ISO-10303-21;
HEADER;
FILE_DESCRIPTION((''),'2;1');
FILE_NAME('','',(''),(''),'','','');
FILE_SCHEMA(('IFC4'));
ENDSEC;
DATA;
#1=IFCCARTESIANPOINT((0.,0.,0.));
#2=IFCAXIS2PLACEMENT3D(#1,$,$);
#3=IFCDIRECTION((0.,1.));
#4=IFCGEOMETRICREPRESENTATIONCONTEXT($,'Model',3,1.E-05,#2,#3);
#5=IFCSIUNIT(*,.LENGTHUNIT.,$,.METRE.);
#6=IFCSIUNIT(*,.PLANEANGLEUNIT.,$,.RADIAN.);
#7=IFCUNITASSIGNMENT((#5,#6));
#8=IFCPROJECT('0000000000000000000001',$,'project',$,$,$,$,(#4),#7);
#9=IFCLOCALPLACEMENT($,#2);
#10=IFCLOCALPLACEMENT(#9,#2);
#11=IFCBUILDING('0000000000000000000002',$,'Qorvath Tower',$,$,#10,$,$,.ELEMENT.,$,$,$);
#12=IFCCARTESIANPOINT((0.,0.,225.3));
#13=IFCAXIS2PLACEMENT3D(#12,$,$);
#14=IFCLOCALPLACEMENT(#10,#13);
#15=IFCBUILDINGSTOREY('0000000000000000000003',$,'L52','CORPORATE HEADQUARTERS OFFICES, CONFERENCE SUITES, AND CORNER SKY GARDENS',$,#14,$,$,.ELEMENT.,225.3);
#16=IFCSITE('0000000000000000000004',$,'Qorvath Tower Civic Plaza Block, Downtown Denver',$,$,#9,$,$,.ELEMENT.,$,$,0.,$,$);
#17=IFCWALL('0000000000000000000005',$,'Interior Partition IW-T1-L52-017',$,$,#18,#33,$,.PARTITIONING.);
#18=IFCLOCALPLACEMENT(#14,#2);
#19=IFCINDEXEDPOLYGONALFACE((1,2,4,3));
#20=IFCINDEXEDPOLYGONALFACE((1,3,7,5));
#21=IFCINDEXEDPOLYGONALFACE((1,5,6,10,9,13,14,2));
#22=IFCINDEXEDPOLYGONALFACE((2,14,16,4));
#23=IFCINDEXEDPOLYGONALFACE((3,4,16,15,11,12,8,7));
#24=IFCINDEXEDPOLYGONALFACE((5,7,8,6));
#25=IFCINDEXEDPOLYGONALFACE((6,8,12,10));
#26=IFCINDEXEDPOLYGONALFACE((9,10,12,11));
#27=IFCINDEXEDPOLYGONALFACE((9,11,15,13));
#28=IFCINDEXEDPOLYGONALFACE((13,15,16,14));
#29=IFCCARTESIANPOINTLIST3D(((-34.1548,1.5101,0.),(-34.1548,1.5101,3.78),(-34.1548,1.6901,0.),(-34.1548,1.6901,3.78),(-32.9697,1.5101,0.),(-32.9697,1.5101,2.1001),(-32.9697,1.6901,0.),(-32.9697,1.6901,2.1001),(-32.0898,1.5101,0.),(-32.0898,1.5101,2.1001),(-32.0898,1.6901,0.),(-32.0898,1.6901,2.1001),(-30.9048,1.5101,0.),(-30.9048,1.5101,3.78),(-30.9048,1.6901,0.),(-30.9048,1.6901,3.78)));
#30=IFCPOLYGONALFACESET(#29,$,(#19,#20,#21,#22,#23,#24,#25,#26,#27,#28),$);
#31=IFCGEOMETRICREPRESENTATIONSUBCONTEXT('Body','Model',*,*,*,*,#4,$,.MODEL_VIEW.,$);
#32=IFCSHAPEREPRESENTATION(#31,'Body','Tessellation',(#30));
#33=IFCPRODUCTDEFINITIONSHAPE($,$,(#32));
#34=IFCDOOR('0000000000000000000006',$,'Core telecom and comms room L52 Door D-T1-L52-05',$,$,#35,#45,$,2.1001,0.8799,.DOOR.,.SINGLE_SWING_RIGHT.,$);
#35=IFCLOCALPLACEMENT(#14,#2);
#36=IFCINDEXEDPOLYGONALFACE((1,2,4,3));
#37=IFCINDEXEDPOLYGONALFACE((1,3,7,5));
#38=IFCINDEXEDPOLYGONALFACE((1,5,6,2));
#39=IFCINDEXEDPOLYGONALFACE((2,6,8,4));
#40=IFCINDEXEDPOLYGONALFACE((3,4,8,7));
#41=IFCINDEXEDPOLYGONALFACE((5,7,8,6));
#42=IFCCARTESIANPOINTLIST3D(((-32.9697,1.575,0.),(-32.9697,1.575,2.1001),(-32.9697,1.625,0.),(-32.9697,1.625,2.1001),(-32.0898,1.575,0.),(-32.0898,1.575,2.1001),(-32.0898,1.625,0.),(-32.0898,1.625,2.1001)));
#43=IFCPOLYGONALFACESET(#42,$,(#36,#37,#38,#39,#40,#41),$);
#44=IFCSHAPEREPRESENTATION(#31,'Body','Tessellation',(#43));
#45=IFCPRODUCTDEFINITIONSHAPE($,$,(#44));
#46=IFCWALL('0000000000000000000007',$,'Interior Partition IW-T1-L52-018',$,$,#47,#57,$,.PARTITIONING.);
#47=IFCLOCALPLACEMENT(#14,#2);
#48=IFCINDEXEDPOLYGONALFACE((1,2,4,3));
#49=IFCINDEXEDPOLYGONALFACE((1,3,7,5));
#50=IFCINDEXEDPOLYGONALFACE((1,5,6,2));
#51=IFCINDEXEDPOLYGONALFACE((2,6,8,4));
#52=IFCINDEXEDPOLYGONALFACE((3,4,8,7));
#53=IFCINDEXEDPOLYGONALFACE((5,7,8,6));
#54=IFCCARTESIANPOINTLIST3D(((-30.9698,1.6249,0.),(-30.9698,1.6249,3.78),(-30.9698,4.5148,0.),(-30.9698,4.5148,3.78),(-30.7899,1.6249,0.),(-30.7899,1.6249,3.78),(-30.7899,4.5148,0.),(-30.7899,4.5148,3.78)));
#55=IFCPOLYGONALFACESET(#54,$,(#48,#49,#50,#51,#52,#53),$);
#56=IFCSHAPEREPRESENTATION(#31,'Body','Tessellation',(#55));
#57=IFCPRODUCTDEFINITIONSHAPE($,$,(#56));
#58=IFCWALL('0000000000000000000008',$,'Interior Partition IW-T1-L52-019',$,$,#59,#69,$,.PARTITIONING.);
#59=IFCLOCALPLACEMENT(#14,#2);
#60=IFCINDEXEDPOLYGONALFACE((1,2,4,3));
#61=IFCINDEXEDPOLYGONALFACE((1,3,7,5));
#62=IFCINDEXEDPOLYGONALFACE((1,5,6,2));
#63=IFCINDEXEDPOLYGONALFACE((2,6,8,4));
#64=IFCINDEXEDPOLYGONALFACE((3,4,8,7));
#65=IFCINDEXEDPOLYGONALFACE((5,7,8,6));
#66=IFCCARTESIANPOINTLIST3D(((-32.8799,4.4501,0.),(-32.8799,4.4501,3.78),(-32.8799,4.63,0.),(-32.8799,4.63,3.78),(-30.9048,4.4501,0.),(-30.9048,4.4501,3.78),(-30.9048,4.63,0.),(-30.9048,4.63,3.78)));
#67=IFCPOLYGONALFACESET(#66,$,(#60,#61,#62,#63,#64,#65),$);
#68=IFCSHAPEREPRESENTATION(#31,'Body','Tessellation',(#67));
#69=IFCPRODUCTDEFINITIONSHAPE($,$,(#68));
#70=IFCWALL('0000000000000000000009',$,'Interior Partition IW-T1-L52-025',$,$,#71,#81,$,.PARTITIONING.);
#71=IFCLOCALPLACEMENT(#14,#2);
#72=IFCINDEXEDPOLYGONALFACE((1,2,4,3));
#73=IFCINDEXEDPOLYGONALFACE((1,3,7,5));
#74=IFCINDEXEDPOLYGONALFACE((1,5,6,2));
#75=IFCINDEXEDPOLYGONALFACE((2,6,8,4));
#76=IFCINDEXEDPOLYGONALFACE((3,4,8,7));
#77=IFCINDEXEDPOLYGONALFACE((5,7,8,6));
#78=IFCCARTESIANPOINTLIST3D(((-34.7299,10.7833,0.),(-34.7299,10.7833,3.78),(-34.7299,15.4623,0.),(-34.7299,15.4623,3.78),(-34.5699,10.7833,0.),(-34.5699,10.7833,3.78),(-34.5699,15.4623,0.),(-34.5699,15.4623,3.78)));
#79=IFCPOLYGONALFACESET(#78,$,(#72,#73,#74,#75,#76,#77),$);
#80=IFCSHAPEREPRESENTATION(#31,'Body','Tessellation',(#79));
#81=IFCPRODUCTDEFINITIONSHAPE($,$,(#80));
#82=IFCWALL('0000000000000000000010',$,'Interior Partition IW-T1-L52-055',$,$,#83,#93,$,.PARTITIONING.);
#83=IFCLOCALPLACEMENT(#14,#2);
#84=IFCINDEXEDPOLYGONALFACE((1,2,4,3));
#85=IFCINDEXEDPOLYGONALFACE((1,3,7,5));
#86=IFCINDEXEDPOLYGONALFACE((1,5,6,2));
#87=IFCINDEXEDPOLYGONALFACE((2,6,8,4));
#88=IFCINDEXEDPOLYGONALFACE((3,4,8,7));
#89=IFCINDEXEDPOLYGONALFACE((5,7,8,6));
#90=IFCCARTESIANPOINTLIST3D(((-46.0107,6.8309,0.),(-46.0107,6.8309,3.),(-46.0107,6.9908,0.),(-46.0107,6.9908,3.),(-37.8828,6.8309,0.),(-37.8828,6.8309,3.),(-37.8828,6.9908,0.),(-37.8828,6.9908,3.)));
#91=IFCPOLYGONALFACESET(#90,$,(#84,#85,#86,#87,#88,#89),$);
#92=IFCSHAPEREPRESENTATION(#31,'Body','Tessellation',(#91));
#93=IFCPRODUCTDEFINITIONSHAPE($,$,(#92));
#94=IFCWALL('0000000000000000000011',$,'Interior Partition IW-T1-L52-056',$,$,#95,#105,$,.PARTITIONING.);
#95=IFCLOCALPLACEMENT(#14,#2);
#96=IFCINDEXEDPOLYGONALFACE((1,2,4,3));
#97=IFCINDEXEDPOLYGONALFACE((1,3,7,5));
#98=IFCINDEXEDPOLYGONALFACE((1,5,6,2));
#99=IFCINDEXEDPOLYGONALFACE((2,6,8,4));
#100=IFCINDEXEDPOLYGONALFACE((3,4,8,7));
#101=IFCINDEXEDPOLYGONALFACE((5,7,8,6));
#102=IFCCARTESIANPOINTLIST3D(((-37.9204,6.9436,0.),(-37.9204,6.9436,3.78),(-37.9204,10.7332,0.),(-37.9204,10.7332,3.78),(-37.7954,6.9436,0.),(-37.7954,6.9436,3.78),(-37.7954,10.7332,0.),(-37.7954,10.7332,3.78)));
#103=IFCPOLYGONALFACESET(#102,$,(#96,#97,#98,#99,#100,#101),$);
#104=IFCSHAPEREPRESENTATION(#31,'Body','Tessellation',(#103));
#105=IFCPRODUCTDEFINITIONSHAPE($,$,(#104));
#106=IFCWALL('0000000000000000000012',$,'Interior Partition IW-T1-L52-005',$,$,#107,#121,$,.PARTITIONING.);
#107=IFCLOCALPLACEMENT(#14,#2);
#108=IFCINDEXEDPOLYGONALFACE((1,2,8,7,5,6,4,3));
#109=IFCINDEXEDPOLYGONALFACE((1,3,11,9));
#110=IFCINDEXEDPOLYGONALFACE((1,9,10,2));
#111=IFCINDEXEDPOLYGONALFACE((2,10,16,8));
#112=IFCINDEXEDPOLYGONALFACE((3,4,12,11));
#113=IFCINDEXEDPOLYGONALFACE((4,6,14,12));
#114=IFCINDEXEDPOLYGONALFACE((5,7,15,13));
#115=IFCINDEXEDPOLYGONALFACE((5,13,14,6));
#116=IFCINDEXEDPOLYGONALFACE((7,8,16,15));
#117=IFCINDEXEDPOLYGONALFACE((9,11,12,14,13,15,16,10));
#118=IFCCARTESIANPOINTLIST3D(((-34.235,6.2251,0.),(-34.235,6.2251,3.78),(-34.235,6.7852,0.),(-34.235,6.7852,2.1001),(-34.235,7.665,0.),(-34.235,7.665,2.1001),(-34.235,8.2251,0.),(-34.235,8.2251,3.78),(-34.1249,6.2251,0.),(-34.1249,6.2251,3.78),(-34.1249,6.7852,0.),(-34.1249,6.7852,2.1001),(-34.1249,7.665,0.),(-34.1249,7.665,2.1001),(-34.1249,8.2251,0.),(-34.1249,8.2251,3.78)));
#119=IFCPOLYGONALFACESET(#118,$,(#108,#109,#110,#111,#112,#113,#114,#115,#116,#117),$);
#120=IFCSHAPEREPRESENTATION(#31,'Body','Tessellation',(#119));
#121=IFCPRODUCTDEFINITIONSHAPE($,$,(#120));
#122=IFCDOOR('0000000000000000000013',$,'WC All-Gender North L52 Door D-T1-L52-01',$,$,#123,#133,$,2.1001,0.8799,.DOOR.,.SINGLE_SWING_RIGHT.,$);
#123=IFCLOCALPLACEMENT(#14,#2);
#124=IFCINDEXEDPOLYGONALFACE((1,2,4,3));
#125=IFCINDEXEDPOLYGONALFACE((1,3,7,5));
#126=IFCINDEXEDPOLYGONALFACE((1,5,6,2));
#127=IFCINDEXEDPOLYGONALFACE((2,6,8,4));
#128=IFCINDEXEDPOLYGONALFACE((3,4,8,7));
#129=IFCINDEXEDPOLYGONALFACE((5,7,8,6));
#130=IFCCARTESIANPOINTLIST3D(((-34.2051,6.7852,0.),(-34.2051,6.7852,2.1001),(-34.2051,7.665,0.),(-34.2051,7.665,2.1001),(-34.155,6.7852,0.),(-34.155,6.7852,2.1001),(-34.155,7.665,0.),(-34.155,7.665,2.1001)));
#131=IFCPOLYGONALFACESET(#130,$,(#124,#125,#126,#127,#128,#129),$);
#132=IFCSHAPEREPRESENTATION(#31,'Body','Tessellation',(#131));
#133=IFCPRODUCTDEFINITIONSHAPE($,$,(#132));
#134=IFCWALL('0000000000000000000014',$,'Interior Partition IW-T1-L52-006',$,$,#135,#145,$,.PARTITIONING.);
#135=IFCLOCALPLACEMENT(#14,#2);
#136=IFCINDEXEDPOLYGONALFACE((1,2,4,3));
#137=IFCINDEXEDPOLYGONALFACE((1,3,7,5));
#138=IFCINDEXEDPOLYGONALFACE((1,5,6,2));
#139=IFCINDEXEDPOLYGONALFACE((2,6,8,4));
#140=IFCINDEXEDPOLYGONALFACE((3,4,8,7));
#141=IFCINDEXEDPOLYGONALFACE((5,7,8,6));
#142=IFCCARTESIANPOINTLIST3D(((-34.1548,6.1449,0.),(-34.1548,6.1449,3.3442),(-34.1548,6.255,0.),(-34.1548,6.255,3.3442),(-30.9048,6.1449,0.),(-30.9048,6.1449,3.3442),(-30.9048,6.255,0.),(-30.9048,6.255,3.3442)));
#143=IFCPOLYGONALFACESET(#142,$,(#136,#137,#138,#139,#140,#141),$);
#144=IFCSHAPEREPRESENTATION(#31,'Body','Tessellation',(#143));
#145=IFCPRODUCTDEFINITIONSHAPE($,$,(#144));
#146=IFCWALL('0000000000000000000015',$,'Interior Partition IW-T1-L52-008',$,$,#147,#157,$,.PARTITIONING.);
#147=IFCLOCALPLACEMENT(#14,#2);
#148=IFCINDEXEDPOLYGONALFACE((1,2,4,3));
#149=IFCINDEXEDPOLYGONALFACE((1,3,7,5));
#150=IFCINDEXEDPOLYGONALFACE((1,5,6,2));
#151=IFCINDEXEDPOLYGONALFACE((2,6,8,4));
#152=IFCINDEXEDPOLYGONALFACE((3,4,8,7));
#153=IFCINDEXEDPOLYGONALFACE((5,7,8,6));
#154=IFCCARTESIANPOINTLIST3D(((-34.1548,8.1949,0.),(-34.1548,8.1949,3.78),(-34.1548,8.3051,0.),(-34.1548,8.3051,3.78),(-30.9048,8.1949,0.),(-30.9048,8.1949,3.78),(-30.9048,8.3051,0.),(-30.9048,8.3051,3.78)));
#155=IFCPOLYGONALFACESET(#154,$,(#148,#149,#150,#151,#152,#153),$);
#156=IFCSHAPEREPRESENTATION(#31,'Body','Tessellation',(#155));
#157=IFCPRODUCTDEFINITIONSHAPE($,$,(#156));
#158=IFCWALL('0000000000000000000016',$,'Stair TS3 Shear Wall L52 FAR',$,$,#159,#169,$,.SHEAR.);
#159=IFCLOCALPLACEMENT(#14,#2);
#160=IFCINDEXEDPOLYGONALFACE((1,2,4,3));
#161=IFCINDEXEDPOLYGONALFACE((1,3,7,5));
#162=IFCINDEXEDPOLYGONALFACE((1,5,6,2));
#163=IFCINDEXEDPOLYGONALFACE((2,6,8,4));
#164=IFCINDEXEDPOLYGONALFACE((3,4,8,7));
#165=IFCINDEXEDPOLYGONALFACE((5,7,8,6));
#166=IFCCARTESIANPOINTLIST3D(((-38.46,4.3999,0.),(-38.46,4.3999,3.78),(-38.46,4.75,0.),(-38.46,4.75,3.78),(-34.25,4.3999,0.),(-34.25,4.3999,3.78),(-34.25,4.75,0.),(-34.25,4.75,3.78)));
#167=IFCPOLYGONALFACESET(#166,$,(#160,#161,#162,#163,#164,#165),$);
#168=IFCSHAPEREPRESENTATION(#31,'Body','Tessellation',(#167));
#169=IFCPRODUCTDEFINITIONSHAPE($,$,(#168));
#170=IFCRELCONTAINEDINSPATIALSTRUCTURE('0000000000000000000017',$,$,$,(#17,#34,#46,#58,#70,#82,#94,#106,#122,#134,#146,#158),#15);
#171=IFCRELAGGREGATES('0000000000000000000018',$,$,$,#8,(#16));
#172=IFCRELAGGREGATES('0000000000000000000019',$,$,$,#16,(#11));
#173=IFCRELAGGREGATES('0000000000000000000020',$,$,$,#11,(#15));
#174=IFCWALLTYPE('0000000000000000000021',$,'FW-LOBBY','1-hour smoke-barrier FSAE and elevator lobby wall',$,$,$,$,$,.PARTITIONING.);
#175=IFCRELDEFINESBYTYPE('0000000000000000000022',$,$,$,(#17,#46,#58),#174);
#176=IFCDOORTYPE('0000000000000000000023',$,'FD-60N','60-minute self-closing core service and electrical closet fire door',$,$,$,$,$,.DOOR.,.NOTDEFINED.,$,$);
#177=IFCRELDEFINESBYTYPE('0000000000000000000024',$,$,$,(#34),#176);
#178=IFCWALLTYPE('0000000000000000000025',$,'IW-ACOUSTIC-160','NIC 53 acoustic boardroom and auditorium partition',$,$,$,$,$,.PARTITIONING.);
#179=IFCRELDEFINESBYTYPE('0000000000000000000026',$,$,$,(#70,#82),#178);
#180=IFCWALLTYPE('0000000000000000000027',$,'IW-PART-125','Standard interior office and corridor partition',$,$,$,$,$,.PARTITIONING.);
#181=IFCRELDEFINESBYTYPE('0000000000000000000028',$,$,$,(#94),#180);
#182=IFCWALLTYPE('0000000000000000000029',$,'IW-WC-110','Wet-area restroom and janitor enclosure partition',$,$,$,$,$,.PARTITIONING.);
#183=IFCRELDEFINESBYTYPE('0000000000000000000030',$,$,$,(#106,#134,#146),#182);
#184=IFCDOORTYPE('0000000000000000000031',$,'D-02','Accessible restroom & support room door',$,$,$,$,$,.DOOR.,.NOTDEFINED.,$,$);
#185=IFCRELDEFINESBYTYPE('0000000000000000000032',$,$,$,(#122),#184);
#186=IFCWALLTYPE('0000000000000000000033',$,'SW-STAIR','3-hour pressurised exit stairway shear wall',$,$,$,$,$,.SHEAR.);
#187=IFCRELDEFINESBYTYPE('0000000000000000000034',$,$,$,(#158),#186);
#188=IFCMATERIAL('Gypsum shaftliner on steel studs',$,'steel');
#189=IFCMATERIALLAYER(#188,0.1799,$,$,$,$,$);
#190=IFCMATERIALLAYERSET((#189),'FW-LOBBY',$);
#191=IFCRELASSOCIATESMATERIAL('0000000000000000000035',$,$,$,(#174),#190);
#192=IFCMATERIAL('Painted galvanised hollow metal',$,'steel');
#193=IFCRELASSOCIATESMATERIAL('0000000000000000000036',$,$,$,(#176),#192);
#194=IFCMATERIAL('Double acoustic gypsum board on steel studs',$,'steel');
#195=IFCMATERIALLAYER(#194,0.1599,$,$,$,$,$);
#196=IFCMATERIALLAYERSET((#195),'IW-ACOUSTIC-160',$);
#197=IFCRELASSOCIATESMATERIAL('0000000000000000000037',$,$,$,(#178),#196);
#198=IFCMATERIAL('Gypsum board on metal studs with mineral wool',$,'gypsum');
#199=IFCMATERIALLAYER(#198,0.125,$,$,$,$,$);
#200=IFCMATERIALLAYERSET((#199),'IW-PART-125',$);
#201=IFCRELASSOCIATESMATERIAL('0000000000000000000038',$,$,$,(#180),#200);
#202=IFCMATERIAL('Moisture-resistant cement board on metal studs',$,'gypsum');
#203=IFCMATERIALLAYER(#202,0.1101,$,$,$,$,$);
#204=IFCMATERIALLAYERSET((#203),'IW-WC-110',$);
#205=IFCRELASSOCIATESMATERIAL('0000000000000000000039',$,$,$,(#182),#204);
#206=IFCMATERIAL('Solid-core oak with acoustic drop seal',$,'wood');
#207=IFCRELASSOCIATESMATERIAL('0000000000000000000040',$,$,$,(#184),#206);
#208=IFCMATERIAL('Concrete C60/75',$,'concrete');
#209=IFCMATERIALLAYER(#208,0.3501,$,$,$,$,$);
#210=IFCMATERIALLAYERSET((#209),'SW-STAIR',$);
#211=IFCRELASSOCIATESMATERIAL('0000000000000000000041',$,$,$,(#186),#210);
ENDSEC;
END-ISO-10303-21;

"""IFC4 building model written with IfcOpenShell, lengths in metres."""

from ifc_helpers import new_model, si_unit, direction, frame, frame_2d, origin, place, context, subcontext, project, spatial, rectangle, extrude, material, layer, layer_set, type_object, element, fill, save


model = new_model("IFC4")

# Units and contexts
model_context = context("Model", 3, precision=1e-05, world=origin(), true_north=direction((0.0, 1.0)))
body_context = subcontext(model_context, "Body", "Model", "MODEL_VIEW")
ifc_project = project(units=[si_unit("LENGTHUNIT", "METRE"), si_unit("PLANEANGLEUNIT", "RADIAN")], contexts=[model_context])

# Site, building, storey
site_placement = place(None, origin())
site = spatial("IfcSite", under=ifc_project, at=site_placement, Name="Qorvath Tower Civic Plaza Block, Downtown Denver", CompositionType="ELEMENT", RefElevation=0.0)
building_placement = place(site_placement, origin())
building = spatial("IfcBuilding", under=site, at=building_placement, Name="Qorvath Tower", CompositionType="ELEMENT")
storey_placement = place(building_placement, frame((0.0, 0.0, 225.3)))
storey = spatial("IfcBuildingStorey", under=building, at=storey_placement, Name="L52", Description="CORPORATE HEADQUARTERS OFFICES, CONFERENCE SUITES, AND CORNER SKY GARDENS", CompositionType="ELEMENT", Elevation=225.3)

# Shared definitions
ifc_material_1 = material(Name="Gypsum shaftliner on steel studs", Category="steel")
ifc_layer_1 = layer(ifc_material_1, 0.1799)
ifc_layer_set_1 = layer_set([ifc_layer_1], Name="FW-LOBBY")
wall_type_1 = type_object("IfcWallType", Name="FW-LOBBY", Description="1-hour smoke-barrier FSAE and elevator lobby wall", PredefinedType="PARTITIONING", material=ifc_layer_set_1)

# Wall, opening, door
wall_1_placement = place(storey_placement, frame((-34.1548, 1.6001, 0.0), z_axis=(0.0, 0.0, 1.0), x_axis=(1.0, 0.0, 0.0)))
wall_1 = element("IfcWall", 1, at=wall_1_placement, inside=storey, type_object=wall_type_1, Name="Interior Partition IW-T1-L52-017", PredefinedType="PARTITIONING", context=body_context, shape_type="SweptSolid", body=[
    extrude(rectangle(XDim=3.25, YDim=0.1799, at=frame_2d((1.625, 0.0))), origin(), (0.0, 0.0, 1.0), 3.78),
])
opening_1_placement = place(wall_1_placement, frame((1.1851, 0.0, 0.0)))
opening_1 = element("IfcOpeningElement", 2, at=opening_1_placement, cuts=wall_1, PredefinedType="OPENING", context=body_context, shape_type="SweptSolid", body=[
    extrude(rectangle(XDim=0.8799, YDim=2.1001, at=frame_2d((0.4399, 1.05))), frame((0.0, 0.1001, 0.0), z_axis=(0.0, -1.0, 0.0), x_axis=(1.0, 0.0, 0.0)), (0.0, 0.0, 1.0), 0.2),
])
ifc_material_2 = material(Name="Painted galvanised hollow metal", Category="steel")
door_type_1 = type_object("IfcDoorType", Name="FD-60N", Description="60-minute self-closing core service and electrical closet fire door", OperationType="NOTDEFINED", PredefinedType="DOOR", material=ifc_material_2)
door_1_placement = place(opening_1_placement, origin())
door_1 = element("IfcDoor", 3, at=door_1_placement, inside=storey, type_object=door_type_1, Name="Core telecom and comms room L52 Door D-T1-L52-05", OperationType="SINGLE_SWING_RIGHT", OverallHeight=2.1001, OverallWidth=0.8799, PredefinedType="DOOR", context=body_context, shape_type="SweptSolid", body=[
    extrude(rectangle(XDim=0.8799, YDim=2.1001, at=frame_2d((0.4399, 1.05))), frame((0.0, 0.0249, 0.0), z_axis=(0.0, -1.0, 0.0), x_axis=(1.0, 0.0, 0.0)), (0.0, 0.0, 1.0), 0.05),
])
fill(opening_1, door_1)

# Walls
wall_2_placement = place(storey_placement, frame((-30.8799, 1.625, 0.0), z_axis=(0.0, 0.0, 1.0), x_axis=(0.0, 1.0, 0.0)))
element("IfcWall", 4, at=wall_2_placement, inside=storey, type_object=wall_type_1, Name="Interior Partition IW-T1-L52-018", PredefinedType="PARTITIONING", context=body_context, shape_type="SweptSolid", body=[
    extrude(rectangle(XDim=2.8899, YDim=0.1799, at=frame_2d((1.4448, 0.0))), origin(), (0.0, 0.0, 1.0), 3.78),
])
wall_3_placement = place(storey_placement, frame((-30.9048, 4.54, 0.0), z_axis=(0.0, 0.0, 1.0), x_axis=(-1.0, 0.0, 0.0)))
element("IfcWall", 5, at=wall_3_placement, inside=storey, type_object=wall_type_1, Name="Interior Partition IW-T1-L52-019", PredefinedType="PARTITIONING", context=body_context, shape_type="SweptSolid", body=[
    extrude(rectangle(XDim=1.9751, YDim=0.1799, at=frame_2d((0.9875, 0.0))), origin(), (0.0, 0.0, 1.0), 3.78),
])

# Shared definitions
ifc_material_3 = material(Name="Double acoustic gypsum board on steel studs", Category="steel")
ifc_layer_2 = layer(ifc_material_3, 0.1599)
ifc_layer_set_2 = layer_set([ifc_layer_2], Name="IW-ACOUSTIC-160")
wall_type_2 = type_object("IfcWallType", Name="IW-ACOUSTIC-160", Description="NIC 53 acoustic boardroom and auditorium partition", PredefinedType="PARTITIONING", material=ifc_layer_set_2)

# Wall
wall_4_placement = place(storey_placement, frame((-34.6499, 15.4622, 0.0), z_axis=(0.0, 0.0, 1.0), x_axis=(0.0, -1.0, 0.0)))
element("IfcWall", 6, at=wall_4_placement, inside=storey, type_object=wall_type_2, Name="Interior Partition IW-T1-L52-025", PredefinedType="PARTITIONING", context=body_context, shape_type="SweptSolid", body=[
    extrude(rectangle(XDim=4.679, YDim=0.1599, at=frame_2d((2.3394, 0.0))), origin(), (0.0, 0.0, 1.0), 3.78),
])

# Walls
wall_5_placement = place(storey_placement, frame((-37.8828, 6.9109, 0.0), z_axis=(0.0, 0.0, 1.0), x_axis=(-1.0, 0.0, 0.0)))
element("IfcWall", 7, at=wall_5_placement, inside=storey, type_object=wall_type_2, Name="Interior Partition IW-T1-L52-055", PredefinedType="PARTITIONING", context=body_context, shape_type="SweptSolid", body=[
    extrude(rectangle(XDim=8.1279, YDim=0.1599, at=frame_2d((4.064, 0.0))), origin(), (0.0, 0.0, 1.0), 3.0),
])
ifc_material_4 = material(Name="Gypsum board on metal studs with mineral wool", Category="gypsum")
ifc_layer_3 = layer(ifc_material_4, 0.125)
ifc_layer_set_3 = layer_set([ifc_layer_3], Name="IW-PART-125")
wall_type_3 = type_object("IfcWallType", Name="IW-PART-125", Description="Standard interior office and corridor partition", PredefinedType="PARTITIONING", material=ifc_layer_set_3)
wall_6_placement = place(storey_placement, frame((-37.8579, 6.9436, 0.0), z_axis=(0.0, 0.0, 1.0), x_axis=(0.0, 1.0, 0.0)))
element("IfcWall", 8, at=wall_6_placement, inside=storey, type_object=wall_type_3, Name="Interior Partition IW-T1-L52-056", PredefinedType="PARTITIONING", context=body_context, shape_type="SweptSolid", body=[
    extrude(rectangle(XDim=3.7896, YDim=0.125, at=frame_2d((1.8948, 0.0))), origin(), (0.0, 0.0, 1.0), 3.78),
])

# Wall, opening, door
ifc_material_5 = material(Name="Moisture-resistant cement board on metal studs", Category="gypsum")
ifc_layer_4 = layer(ifc_material_5, 0.1101)
ifc_layer_set_4 = layer_set([ifc_layer_4], Name="IW-WC-110")
wall_type_4 = type_object("IfcWallType", Name="IW-WC-110", Description="Wet-area restroom and janitor enclosure partition", PredefinedType="PARTITIONING", material=ifc_layer_set_4)
wall_7_placement = place(storey_placement, frame((-34.1799, 8.2251, 0.0), z_axis=(0.0, 0.0, 1.0), x_axis=(0.0, -1.0, 0.0)))
wall_7 = element("IfcWall", 9, at=wall_7_placement, inside=storey, type_object=wall_type_4, Name="Interior Partition IW-T1-L52-005", PredefinedType="PARTITIONING", context=body_context, shape_type="SweptSolid", body=[
    extrude(rectangle(XDim=2.0, YDim=0.1101, at=frame_2d((1.0, 0.0))), origin(), (0.0, 0.0, 1.0), 3.78),
])
opening_2_placement = place(wall_7_placement, frame((0.5601, 0.0, 0.0)))
opening_2 = element("IfcOpeningElement", 10, at=opening_2_placement, cuts=wall_7, PredefinedType="OPENING", context=body_context, shape_type="SweptSolid", body=[
    extrude(rectangle(XDim=0.8799, YDim=2.1001, at=frame_2d((0.4399, 1.05))), frame((0.0, 0.0649, 0.0), z_axis=(0.0, -1.0, 0.0), x_axis=(1.0, 0.0, 0.0)), (0.0, 0.0, 1.0), 0.1301),
])
ifc_material_6 = material(Name="Solid-core oak with acoustic drop seal", Category="wood")
door_type_2 = type_object("IfcDoorType", Name="D-02", Description="Accessible restroom & support room door", OperationType="NOTDEFINED", PredefinedType="DOOR", material=ifc_material_6)
door_2_placement = place(opening_2_placement, origin())
door_2 = element("IfcDoor", 11, at=door_2_placement, inside=storey, type_object=door_type_2, Name="WC All-Gender North L52 Door D-T1-L52-01", OperationType="SINGLE_SWING_RIGHT", OverallHeight=2.1001, OverallWidth=0.8799, PredefinedType="DOOR", context=body_context, shape_type="SweptSolid", body=[
    extrude(rectangle(XDim=0.8799, YDim=2.1001, at=frame_2d((0.4399, 1.05))), frame((0.0, 0.0249, 0.0), z_axis=(0.0, -1.0, 0.0), x_axis=(1.0, 0.0, 0.0)), (0.0, 0.0, 1.0), 0.05),
])
fill(opening_2, door_2)

# Walls
wall_8_placement = place(storey_placement, frame((-34.1548, 6.2, 0.0), z_axis=(0.0, 0.0, 1.0), x_axis=(1.0, 0.0, 0.0)))
element("IfcWall", 12, at=wall_8_placement, inside=storey, type_object=wall_type_4, Name="Interior Partition IW-T1-L52-006", PredefinedType="PARTITIONING", context=body_context, shape_type="SweptSolid", body=[
    extrude(rectangle(XDim=3.25, YDim=0.1101, at=frame_2d((1.625, 0.0))), origin(), (0.0, 0.0, 1.0), 3.3442),
])
wall_9_placement = place(storey_placement, frame((-30.9048, 8.25, 0.0), z_axis=(0.0, 0.0, 1.0), x_axis=(-1.0, 0.0, 0.0)))
element("IfcWall", 13, at=wall_9_placement, inside=storey, type_object=wall_type_4, Name="Interior Partition IW-T1-L52-008", PredefinedType="PARTITIONING", context=body_context, shape_type="SweptSolid", body=[
    extrude(rectangle(XDim=3.25, YDim=0.1101, at=frame_2d((1.625, 0.0))), origin(), (0.0, 0.0, 1.0), 3.78),
])
ifc_material_7 = material(Name="Concrete C60/75", Category="concrete")
ifc_layer_5 = layer(ifc_material_7, 0.3501)
ifc_layer_set_5 = layer_set([ifc_layer_5], Name="SW-STAIR")
wall_type_5 = type_object("IfcWallType", Name="SW-STAIR", Description="3-hour pressurised exit stairway shear wall", PredefinedType="SHEAR", material=ifc_layer_set_5)
wall_10_placement = place(storey_placement, frame((-34.25, 4.575, 0.0), z_axis=(0.0, 0.0, 1.0), x_axis=(-1.0, 0.0, 0.0)))
element("IfcWall", 14, at=wall_10_placement, inside=storey, type_object=wall_type_5, Name="Stair TS3 Shear Wall L52 FAR", PredefinedType="SHEAR", context=body_context, shape_type="SweptSolid", body=[
    extrude(rectangle(XDim=4.21, YDim=0.3501, at=frame_2d((2.105, 0.0))), origin(), (0.0, 0.0, 1.0), 3.78),
])

save(model, "model.ifc")
